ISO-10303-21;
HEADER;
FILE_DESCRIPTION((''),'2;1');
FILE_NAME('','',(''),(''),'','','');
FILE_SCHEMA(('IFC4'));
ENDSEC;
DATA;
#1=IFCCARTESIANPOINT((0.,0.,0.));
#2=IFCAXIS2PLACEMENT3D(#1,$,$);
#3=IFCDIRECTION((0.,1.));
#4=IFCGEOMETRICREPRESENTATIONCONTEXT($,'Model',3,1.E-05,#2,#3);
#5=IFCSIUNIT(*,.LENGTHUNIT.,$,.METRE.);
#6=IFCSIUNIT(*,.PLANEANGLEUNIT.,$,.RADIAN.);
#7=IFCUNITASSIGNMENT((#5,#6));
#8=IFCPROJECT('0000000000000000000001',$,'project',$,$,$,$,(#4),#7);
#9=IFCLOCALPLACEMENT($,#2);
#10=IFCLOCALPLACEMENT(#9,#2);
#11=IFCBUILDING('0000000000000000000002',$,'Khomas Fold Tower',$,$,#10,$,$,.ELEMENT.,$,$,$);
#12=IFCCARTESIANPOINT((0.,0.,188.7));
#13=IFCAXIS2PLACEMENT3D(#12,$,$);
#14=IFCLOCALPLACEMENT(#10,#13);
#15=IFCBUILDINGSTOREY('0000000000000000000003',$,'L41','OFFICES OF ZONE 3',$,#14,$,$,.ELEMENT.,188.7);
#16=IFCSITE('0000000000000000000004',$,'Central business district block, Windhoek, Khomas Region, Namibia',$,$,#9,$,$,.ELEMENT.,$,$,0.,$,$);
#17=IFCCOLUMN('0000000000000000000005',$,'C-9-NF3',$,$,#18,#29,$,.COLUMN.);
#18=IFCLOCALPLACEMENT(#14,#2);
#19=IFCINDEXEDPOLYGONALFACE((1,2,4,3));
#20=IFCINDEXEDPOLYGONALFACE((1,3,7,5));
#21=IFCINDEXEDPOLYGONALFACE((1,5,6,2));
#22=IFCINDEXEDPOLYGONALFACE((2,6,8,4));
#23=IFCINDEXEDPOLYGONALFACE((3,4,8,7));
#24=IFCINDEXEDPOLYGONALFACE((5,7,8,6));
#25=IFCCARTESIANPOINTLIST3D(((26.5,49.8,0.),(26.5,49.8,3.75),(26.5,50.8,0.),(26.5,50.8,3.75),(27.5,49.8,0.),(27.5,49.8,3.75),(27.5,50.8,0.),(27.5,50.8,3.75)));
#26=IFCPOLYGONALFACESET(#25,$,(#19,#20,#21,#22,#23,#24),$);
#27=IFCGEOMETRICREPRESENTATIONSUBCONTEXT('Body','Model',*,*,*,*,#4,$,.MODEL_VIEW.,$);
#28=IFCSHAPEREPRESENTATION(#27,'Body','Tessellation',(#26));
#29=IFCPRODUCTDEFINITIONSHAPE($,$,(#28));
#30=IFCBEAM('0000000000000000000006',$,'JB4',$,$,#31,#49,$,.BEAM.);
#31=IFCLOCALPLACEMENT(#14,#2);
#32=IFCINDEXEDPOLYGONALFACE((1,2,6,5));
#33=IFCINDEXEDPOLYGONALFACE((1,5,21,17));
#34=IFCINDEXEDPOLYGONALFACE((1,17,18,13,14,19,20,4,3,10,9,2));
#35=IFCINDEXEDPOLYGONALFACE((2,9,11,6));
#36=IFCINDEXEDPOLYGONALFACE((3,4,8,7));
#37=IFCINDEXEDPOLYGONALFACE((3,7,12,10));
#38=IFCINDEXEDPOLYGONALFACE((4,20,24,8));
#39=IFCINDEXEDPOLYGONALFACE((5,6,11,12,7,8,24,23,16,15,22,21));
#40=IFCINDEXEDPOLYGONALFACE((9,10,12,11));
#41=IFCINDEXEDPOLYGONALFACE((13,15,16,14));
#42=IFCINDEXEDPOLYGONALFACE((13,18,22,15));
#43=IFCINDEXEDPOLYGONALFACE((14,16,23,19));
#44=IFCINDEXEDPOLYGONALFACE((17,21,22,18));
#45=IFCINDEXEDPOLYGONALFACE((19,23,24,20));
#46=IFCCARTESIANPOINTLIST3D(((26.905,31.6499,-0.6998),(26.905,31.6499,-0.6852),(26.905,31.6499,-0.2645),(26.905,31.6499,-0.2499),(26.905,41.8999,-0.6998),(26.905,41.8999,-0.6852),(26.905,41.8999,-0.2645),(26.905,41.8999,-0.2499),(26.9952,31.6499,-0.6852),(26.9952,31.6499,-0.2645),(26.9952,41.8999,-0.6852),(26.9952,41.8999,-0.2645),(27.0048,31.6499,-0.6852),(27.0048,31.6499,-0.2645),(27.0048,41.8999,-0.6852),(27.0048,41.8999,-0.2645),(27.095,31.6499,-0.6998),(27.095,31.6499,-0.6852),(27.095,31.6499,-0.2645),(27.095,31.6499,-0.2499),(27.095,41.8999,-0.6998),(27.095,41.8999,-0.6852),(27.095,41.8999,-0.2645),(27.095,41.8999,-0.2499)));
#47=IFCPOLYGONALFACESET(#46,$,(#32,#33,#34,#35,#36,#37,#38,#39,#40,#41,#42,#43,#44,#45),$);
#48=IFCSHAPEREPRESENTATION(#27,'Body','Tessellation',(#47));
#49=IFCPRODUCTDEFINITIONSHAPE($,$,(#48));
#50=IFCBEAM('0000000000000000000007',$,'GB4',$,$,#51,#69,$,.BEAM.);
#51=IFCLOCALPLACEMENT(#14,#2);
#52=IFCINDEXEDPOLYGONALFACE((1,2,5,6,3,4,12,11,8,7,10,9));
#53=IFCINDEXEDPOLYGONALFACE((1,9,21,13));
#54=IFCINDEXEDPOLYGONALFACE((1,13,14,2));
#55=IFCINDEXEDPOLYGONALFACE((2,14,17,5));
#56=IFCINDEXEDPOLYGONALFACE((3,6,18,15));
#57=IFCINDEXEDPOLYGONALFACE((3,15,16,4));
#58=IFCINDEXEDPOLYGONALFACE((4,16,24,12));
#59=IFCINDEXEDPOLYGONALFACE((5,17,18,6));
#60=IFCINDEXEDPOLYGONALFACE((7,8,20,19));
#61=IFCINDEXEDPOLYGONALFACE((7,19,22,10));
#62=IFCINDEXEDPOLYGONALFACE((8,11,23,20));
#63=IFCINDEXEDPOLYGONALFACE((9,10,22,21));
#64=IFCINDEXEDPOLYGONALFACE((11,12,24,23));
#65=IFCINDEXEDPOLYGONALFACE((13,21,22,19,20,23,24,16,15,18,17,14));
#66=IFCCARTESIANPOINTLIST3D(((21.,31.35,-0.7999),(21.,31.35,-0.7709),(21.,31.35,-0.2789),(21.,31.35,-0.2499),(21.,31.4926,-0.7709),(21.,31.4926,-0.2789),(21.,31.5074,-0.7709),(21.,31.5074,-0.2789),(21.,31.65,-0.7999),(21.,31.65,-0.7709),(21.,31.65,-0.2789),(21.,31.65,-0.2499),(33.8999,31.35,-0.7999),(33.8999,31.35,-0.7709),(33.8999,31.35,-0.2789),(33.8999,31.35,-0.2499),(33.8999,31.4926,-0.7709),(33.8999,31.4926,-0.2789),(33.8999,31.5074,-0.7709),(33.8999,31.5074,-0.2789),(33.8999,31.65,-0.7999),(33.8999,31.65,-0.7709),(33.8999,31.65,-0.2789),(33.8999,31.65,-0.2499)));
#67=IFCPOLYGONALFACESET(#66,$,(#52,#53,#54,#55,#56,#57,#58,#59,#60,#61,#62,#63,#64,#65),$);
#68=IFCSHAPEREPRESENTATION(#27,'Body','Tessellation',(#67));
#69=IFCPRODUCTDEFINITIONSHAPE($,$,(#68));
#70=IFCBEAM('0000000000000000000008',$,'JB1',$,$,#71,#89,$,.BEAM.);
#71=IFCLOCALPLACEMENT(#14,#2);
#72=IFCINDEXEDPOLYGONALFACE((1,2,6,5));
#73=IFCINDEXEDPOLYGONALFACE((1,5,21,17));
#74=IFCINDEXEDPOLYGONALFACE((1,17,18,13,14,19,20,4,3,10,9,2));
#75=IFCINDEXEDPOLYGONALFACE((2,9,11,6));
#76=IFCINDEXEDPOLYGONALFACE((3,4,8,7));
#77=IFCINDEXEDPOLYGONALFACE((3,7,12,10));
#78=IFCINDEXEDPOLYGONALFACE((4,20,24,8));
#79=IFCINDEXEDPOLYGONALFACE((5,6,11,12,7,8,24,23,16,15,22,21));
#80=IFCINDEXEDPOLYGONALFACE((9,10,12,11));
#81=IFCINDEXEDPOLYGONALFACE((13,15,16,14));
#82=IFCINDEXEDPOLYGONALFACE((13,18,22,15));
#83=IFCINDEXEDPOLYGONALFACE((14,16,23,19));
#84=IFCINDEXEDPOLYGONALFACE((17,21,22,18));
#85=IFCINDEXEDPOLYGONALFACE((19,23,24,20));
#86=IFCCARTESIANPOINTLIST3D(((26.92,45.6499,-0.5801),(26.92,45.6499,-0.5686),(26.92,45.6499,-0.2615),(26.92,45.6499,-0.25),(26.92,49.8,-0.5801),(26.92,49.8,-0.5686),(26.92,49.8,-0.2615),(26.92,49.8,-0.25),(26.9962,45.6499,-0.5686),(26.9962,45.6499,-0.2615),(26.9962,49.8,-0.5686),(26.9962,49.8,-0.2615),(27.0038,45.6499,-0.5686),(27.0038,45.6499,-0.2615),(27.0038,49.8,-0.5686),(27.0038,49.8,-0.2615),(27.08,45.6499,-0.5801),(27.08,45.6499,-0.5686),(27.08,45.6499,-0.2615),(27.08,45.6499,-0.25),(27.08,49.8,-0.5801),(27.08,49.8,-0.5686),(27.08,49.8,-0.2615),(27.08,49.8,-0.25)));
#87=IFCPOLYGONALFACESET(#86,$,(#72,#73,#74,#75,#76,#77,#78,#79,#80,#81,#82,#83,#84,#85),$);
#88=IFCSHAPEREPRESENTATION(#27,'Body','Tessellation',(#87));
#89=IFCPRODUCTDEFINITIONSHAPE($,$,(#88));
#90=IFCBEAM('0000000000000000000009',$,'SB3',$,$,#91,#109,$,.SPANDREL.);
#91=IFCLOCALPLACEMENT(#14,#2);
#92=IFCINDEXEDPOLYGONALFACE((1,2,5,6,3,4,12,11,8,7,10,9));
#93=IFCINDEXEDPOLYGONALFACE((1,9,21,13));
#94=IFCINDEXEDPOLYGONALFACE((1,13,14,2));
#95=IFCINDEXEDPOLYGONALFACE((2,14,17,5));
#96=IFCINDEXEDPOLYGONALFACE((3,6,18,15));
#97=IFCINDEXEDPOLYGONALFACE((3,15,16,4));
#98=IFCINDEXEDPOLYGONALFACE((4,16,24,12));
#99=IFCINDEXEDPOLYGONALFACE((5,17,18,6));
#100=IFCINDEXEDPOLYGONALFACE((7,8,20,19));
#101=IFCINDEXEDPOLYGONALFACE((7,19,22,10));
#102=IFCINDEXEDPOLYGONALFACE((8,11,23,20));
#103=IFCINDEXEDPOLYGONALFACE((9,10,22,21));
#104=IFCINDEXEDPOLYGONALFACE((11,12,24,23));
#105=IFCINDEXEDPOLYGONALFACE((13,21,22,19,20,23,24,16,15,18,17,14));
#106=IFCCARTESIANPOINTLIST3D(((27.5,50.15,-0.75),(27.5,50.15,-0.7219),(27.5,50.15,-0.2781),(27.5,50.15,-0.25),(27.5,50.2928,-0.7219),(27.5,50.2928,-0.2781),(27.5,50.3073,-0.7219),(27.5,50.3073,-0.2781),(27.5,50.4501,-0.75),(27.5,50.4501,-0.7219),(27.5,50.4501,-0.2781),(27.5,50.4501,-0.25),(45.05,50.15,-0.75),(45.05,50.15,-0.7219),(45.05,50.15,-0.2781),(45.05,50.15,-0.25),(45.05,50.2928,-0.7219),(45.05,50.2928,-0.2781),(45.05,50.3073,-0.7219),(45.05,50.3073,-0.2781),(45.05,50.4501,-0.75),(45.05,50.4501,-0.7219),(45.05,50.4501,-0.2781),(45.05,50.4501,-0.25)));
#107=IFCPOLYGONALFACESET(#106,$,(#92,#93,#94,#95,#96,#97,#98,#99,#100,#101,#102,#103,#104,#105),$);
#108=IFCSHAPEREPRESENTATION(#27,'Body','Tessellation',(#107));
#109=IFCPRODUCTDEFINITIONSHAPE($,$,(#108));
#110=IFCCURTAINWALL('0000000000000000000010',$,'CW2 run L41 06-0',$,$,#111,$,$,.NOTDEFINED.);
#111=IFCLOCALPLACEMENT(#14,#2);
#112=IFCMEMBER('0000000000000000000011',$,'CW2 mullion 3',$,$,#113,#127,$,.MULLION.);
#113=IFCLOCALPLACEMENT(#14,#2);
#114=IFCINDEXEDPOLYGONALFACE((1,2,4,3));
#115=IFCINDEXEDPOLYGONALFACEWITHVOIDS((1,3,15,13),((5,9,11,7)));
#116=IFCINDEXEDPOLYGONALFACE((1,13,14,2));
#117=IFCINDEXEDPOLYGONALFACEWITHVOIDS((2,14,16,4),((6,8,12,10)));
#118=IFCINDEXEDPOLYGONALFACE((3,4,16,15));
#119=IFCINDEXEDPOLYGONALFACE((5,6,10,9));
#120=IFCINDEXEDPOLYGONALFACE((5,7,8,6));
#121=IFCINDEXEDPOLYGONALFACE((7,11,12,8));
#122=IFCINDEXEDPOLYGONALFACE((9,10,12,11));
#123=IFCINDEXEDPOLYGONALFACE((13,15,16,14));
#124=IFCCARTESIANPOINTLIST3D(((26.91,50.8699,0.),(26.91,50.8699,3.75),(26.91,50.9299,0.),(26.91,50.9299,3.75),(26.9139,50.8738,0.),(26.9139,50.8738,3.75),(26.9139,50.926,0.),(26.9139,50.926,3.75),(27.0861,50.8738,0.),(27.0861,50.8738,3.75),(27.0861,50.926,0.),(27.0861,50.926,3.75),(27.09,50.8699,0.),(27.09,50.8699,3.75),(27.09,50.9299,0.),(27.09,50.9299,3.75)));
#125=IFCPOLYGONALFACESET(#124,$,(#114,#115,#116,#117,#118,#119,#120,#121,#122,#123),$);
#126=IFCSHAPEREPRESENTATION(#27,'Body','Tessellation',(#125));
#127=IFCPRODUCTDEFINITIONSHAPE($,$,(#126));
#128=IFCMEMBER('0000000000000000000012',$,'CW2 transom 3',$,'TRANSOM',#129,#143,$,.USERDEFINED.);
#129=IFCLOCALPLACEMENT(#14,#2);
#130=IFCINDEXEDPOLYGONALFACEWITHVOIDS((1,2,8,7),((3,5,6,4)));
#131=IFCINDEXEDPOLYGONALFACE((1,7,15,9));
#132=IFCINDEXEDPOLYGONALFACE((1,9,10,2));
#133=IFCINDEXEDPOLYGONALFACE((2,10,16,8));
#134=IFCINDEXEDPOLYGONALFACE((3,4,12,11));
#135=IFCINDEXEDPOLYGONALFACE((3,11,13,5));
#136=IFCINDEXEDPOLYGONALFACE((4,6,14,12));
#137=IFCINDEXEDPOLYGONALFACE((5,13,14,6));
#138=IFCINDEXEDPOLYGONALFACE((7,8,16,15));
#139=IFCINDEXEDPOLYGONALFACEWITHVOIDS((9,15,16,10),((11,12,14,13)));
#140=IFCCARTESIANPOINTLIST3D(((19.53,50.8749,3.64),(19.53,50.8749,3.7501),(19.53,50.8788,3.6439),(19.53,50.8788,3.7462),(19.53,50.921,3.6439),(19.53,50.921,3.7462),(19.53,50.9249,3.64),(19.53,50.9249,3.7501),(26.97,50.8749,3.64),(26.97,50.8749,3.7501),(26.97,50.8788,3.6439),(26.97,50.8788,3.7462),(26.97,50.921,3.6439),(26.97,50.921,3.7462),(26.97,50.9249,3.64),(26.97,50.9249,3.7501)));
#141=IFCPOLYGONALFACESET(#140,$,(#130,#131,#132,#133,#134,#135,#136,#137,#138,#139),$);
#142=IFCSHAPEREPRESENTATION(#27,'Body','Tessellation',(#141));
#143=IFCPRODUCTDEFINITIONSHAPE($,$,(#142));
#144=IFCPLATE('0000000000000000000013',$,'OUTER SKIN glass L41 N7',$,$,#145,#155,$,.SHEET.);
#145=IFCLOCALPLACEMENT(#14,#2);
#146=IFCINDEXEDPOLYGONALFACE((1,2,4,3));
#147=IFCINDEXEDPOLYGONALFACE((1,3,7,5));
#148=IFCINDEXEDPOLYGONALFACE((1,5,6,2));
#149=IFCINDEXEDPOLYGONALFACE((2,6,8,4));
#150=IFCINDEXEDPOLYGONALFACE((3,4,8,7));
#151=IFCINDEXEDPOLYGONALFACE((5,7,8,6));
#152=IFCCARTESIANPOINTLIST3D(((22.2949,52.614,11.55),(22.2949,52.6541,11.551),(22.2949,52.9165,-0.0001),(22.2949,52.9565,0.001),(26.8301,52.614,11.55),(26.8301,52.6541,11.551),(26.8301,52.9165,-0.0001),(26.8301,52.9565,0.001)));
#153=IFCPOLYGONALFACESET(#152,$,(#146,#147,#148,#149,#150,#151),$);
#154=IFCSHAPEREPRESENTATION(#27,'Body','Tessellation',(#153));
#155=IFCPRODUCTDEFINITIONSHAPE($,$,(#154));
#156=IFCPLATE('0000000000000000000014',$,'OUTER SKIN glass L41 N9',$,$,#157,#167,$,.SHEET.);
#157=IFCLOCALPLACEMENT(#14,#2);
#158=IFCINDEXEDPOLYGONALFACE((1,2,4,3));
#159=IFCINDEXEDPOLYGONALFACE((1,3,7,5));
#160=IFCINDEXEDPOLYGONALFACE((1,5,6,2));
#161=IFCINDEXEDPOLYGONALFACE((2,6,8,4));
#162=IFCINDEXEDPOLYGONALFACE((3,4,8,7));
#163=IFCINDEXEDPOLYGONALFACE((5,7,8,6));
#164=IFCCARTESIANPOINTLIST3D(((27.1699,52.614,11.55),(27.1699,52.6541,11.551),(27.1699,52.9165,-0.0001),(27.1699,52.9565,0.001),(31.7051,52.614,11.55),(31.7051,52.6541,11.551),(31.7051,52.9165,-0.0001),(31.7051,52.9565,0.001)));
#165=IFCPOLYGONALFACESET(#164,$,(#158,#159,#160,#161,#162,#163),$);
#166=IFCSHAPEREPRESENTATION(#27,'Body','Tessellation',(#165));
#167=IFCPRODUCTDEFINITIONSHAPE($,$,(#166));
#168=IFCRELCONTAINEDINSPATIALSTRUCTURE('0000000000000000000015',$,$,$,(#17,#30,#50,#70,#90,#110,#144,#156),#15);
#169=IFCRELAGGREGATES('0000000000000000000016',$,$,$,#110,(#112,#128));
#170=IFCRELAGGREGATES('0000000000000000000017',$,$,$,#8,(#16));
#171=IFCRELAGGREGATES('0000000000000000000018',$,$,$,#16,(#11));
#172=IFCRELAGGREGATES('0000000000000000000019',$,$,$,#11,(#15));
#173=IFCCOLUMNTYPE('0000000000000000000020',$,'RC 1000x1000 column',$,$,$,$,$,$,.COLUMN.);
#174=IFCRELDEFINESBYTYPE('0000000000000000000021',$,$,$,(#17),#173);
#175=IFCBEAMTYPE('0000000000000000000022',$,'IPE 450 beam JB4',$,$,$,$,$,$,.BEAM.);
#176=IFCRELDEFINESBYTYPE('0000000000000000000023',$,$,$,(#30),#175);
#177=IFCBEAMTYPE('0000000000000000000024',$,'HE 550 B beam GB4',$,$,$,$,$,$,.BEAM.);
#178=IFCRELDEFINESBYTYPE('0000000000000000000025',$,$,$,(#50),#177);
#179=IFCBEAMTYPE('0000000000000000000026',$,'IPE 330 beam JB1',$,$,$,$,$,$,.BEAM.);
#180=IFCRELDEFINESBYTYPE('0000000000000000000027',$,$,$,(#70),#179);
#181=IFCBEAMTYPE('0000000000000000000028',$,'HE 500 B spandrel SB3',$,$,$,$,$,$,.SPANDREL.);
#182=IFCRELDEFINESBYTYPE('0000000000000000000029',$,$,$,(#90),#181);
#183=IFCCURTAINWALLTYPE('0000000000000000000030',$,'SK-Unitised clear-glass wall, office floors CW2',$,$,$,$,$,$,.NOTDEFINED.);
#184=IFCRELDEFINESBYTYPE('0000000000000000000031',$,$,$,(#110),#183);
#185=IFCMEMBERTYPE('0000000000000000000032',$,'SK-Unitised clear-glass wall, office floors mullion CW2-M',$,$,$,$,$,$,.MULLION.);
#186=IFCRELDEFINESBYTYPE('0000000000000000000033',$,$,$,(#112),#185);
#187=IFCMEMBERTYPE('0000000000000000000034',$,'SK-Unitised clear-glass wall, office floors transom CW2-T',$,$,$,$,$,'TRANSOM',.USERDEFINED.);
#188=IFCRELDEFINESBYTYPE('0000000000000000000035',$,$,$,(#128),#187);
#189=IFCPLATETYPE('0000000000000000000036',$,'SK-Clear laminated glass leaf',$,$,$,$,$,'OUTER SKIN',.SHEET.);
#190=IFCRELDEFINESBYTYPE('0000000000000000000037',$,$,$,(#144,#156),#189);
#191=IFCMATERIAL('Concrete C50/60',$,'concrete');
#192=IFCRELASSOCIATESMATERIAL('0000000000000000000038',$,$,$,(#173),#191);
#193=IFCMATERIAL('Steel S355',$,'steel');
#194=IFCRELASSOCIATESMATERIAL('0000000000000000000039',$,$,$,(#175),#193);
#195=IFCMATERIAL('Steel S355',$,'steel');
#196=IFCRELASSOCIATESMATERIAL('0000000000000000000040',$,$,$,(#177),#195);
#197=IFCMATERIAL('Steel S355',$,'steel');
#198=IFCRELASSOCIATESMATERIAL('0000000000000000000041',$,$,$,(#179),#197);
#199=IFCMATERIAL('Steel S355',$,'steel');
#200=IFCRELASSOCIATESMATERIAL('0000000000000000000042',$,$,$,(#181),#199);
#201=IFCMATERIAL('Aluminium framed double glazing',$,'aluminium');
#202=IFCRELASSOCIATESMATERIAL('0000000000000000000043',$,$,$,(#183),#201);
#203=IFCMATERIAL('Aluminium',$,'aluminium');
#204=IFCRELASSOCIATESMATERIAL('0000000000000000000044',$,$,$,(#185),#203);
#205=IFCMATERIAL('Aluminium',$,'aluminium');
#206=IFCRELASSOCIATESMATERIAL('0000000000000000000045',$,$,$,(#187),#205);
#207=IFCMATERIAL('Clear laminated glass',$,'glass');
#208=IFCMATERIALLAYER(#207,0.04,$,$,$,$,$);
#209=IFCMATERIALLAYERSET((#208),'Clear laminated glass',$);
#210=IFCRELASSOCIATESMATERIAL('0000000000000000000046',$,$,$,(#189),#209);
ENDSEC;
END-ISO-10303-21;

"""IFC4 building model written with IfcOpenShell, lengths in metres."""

from ifc_helpers import new_model, si_unit, direction, frame, origin, origin_2d, place, context, subcontext, project, spatial, polyline, rectangle, hollow_rectangle, i_section, outline, extrude, source, transform, mapped, material, layer, layer_set, material_profile, profile_set, type_object, element, aggregate, save


model = new_model("IFC4")

# Units and contexts
model_context = context("Model", 3, precision=1e-05, world=origin(), true_north=direction((0.0, 1.0)))
body_context = subcontext(model_context, "Body", "Model", "MODEL_VIEW")
ifc_project = project(units=[si_unit("LENGTHUNIT", "METRE"), si_unit("PLANEANGLEUNIT", "RADIAN")], contexts=[model_context])

# Site, building, storey
site_placement = place(None, origin())
site = spatial("IfcSite", under=ifc_project, at=site_placement, Name="Central business district block, Windhoek, Khomas Region, Namibia", CompositionType="ELEMENT", RefElevation=0.0)
building_placement = place(site_placement, origin())
building = spatial("IfcBuilding", under=site, at=building_placement, Name="Khomas Fold Tower", CompositionType="ELEMENT")
storey_placement = place(building_placement, frame((0.0, 0.0, 188.7)))
storey = spatial("IfcBuildingStorey", under=building, at=storey_placement, Name="L41", Description="OFFICES OF ZONE 3", CompositionType="ELEMENT", Elevation=188.7)

# Column
ifc_material_1 = material(Name="Concrete C50/60", Category="concrete")
ifc_material_profile_1 = material_profile(ifc_material_1, rectangle(XDim=1.0, YDim=1.0, at=origin_2d()), Name="RC 1000x1000")
ifc_profile_set_1 = profile_set([ifc_material_profile_1], Name="Concrete C50/60")
column_type = type_object("IfcColumnType", Name="RC 1000x1000 column", PredefinedType="COLUMN", material=ifc_profile_set_1)
shared_shape_1 = source(origin(), body_context, "Body", "SweptSolid", [
    extrude(rectangle(XDim=1.0, YDim=1.0, at=origin_2d()), origin(), (0.0, 0.0, 1.0), 3.75),
])
column_placement = place(storey_placement, frame((27.0, 50.3, 0.0), z_axis=(0.0, 0.0, 1.0), x_axis=(1.0, 0.0, 0.0)))
element("IfcColumn", 1, at=column_placement, inside=storey, type_object=column_type, Name="C-9-NF3", PredefinedType="COLUMN", context=body_context, shape_type="MappedRepresentation", body=[
    mapped(shared_shape_1, transform((0.0, 0.0, 0.0))),
])

# Beams
ifc_material_2 = material(Name="Steel S355", Category="steel")
ifc_material_profile_2 = material_profile(ifc_material_2, i_section(OverallWidth=0.1899, OverallDepth=0.45, WebThickness=0.0095, FlangeThickness=0.0146, at=origin_2d()), Name="IPE 450")
ifc_profile_set_2 = profile_set([ifc_material_profile_2], Name="Steel S355")
beam_type_1 = type_object("IfcBeamType", Name="IPE 450 beam JB4", PredefinedType="BEAM", material=ifc_profile_set_2)
shared_shape_2 = source(origin(), body_context, "Body", "SweptSolid", [
    extrude(i_section(OverallWidth=0.1899, OverallDepth=0.45, WebThickness=0.0095, FlangeThickness=0.0146, at=origin_2d()), origin(), (0.0, 0.0, 1.0), 10.25),
])
beam_1_placement = place(storey_placement, frame((27.0, 31.6499, -0.4749), z_axis=(0.0, 1.0, 0.0), x_axis=(-1.0, 0.0, 0.0)))
element("IfcBeam", 2, at=beam_1_placement, inside=storey, type_object=beam_type_1, Name="JB4", PredefinedType="BEAM", context=body_context, shape_type="MappedRepresentation", body=[
    mapped(shared_shape_2, transform((0.0, 0.0, 0.0))),
])
ifc_material_3 = material(Name="Steel S355", Category="steel")
ifc_material_profile_3 = material_profile(ifc_material_3, i_section(OverallWidth=0.3, OverallDepth=0.55, WebThickness=0.0149, FlangeThickness=0.0291, at=origin_2d()), Name="HE 550 B")
ifc_profile_set_3 = profile_set([ifc_material_profile_3], Name="Steel S355")
beam_type_2 = type_object("IfcBeamType", Name="HE 550 B beam GB4", PredefinedType="BEAM", material=ifc_profile_set_3)
shared_shape_3 = source(origin(), body_context, "Body", "SweptSolid", [
    extrude(i_section(OverallWidth=0.3, OverallDepth=0.55, WebThickness=0.0149, FlangeThickness=0.0291, at=origin_2d()), origin(), (0.0, 0.0, 1.0), 12.8999),
])
beam_2_placement = place(storey_placement, frame((21.0, 31.5, -0.5249), z_axis=(1.0, 0.0, 0.0), x_axis=(0.0, 1.0, 0.0)))
element("IfcBeam", 3, at=beam_2_placement, inside=storey, type_object=beam_type_2, Name="GB4", PredefinedType="BEAM", context=body_context, shape_type="MappedRepresentation", body=[
    mapped(shared_shape_3, transform((0.0, 0.0, 0.0))),
])
ifc_material_4 = material(Name="Steel S355", Category="steel")
ifc_material_profile_4 = material_profile(ifc_material_4, i_section(OverallWidth=0.1599, OverallDepth=0.3301, WebThickness=0.0076, FlangeThickness=0.0115, at=origin_2d()), Name="IPE 330")
ifc_profile_set_4 = profile_set([ifc_material_profile_4], Name="Steel S355")
beam_type_3 = type_object("IfcBeamType", Name="IPE 330 beam JB1", PredefinedType="BEAM", material=ifc_profile_set_4)
shared_shape_4 = source(origin(), body_context, "Body", "SweptSolid", [
    extrude(i_section(OverallWidth=0.1599, OverallDepth=0.3301, WebThickness=0.0076, FlangeThickness=0.0115, at=origin_2d()), origin(), (0.0, 0.0, 1.0), 4.1501),
])
beam_3_placement = place(storey_placement, frame((27.0, 45.6499, -0.415), z_axis=(0.0, 1.0, 0.0), x_axis=(-1.0, 0.0, 0.0)))
element("IfcBeam", 4, at=beam_3_placement, inside=storey, type_object=beam_type_3, Name="JB1", PredefinedType="BEAM", context=body_context, shape_type="MappedRepresentation", body=[
    mapped(shared_shape_4, transform((0.0, 0.0, 0.0))),
])
ifc_material_5 = material(Name="Steel S355", Category="steel")
ifc_material_profile_5 = material_profile(ifc_material_5, i_section(OverallWidth=0.3, OverallDepth=0.5, WebThickness=0.0144, FlangeThickness=0.0281, at=origin_2d()), Name="HE 500 B")
ifc_profile_set_5 = profile_set([ifc_material_profile_5], Name="Steel S355")
beam_type_4 = type_object("IfcBeamType", Name="HE 500 B spandrel SB3", PredefinedType="SPANDREL", material=ifc_profile_set_5)
shared_shape_5 = source(origin(), body_context, "Body", "SweptSolid", [
    extrude(i_section(OverallWidth=0.3, OverallDepth=0.5, WebThickness=0.0144, FlangeThickness=0.0281, at=origin_2d()), origin(), (0.0, 0.0, 1.0), 17.55),
])
beam_4_placement = place(storey_placement, frame((27.5, 50.3, -0.5), z_axis=(1.0, 0.0, 0.0), x_axis=(0.0, 1.0, 0.0)))
element("IfcBeam", 5, at=beam_4_placement, inside=storey, type_object=beam_type_4, Name="SB3", PredefinedType="SPANDREL", context=body_context, shape_type="MappedRepresentation", body=[
    mapped(shared_shape_5, transform((0.0, 0.0, 0.0))),
])

# Curtain wall, members
ifc_material_6 = material(Name="Aluminium framed double glazing", Category="aluminium")
curtain_wall_type = type_object("IfcCurtainWallType", Name="SK-Unitised clear-glass wall, office floors CW2", PredefinedType="NOTDEFINED", material=ifc_material_6)
curtain_wall_placement = place(storey_placement, origin())
curtain_wall = element("IfcCurtainWall", 6, at=curtain_wall_placement, inside=storey, type_object=curtain_wall_type, Name="CW2 run L41 06-0", PredefinedType="NOTDEFINED")
ifc_material_7 = material(Name="Aluminium", Category="aluminium")
ifc_material_profile_6 = material_profile(ifc_material_7, hollow_rectangle(XDim=0.0601, YDim=0.1799, WallThickness=0.0039, at=origin_2d()), Name="SK-Unitised clear-glass wall, office floors mullion CW2-M")
ifc_profile_set_6 = profile_set([ifc_material_profile_6], Name="Aluminium")
member_type_1 = type_object("IfcMemberType", Name="SK-Unitised clear-glass wall, office floors mullion CW2-M", PredefinedType="MULLION", material=ifc_profile_set_6)
shared_shape_6 = source(origin(), body_context, "Body", "SweptSolid", [
    extrude(hollow_rectangle(XDim=0.0601, YDim=0.1799, WallThickness=0.0039, at=origin_2d()), origin(), (0.0, 0.0, 1.0), 3.75),
])
member_1_placement = place(storey_placement, frame((27.0, 50.8999, 0.0), z_axis=(0.0, 0.0, 1.0), x_axis=(0.0, -1.0, 0.0)))
member_1 = element("IfcMember", 7, at=member_1_placement, type_object=member_type_1, Name="CW2 mullion 3", PredefinedType="MULLION", context=body_context, shape_type="MappedRepresentation", body=[
    mapped(shared_shape_6, transform((0.0, 0.0, 0.0))),
])
ifc_material_8 = material(Name="Aluminium", Category="aluminium")
ifc_material_profile_7 = material_profile(ifc_material_8, hollow_rectangle(XDim=0.05, YDim=0.1101, WallThickness=0.0039, at=origin_2d()), Name="SK-Unitised clear-glass wall, office floors transom CW2-T")
ifc_profile_set_7 = profile_set([ifc_material_profile_7], Name="Aluminium")
member_type_2 = type_object("IfcMemberType", Name="SK-Unitised clear-glass wall, office floors transom CW2-T", ElementType="TRANSOM", PredefinedType="USERDEFINED", material=ifc_profile_set_7)
shared_shape_7 = source(origin(), body_context, "Body", "SweptSolid", [
    extrude(hollow_rectangle(XDim=0.05, YDim=0.1101, WallThickness=0.0039, at=origin_2d()), origin(), (0.0, 0.0, 1.0), 7.4399),
])
member_2_placement = place(storey_placement, frame((26.97, 50.8999, 3.6951), z_axis=(-1.0, 0.0, 0.0), x_axis=(0.0, -1.0, 0.0)))
member_2 = element("IfcMember", 8, at=member_2_placement, type_object=member_type_2, Name="CW2 transom 3", ObjectType="TRANSOM", PredefinedType="USERDEFINED", context=body_context, shape_type="MappedRepresentation", body=[
    mapped(shared_shape_7, transform((0.0, 0.0, 0.0))),
])

# Plates
ifc_material_9 = material(Name="Clear laminated glass", Category="glass")
ifc_layer_1 = layer(ifc_material_9, 0.04)
ifc_layer_set_1 = layer_set([ifc_layer_1], Name="Clear laminated glass")
plate_type_1 = type_object("IfcPlateType", Name="SK-Clear laminated glass leaf", ElementType="OUTER SKIN", PredefinedType="SHEET", material=ifc_layer_set_1)
for number, where, z_axis, x_axis, name in (
    (9, (22.2949, 52.9565, 0.001), (0.0, 0.999657, 0.026181), (1.0, 0.0, 0.0), "OUTER SKIN glass L41 N7"),
    (10, (27.1699, 52.9565, 0.001), (0.0, 0.999657, 0.026181), (1.0, 0.0, 0.0), "OUTER SKIN glass L41 N9"),
):
    element("IfcPlate", number, at=place(storey_placement, frame(where, z_axis=z_axis, x_axis=x_axis)), inside=storey, type_object=plate_type_1, Name=name, PredefinedType="SHEET", context=body_context, shape_type="SweptSolid", body=[
        extrude(outline(polyline([(0.0, 0.0), (4.5352, 0.0), (4.5352, -11.554), (0.0, -11.554), (0.0, 0.0)])), origin(), (0.0, 0.0, -1.0), 0.04),
    ])

aggregate(curtain_wall, [member_1, member_2])

save(model, "model.ifc")
